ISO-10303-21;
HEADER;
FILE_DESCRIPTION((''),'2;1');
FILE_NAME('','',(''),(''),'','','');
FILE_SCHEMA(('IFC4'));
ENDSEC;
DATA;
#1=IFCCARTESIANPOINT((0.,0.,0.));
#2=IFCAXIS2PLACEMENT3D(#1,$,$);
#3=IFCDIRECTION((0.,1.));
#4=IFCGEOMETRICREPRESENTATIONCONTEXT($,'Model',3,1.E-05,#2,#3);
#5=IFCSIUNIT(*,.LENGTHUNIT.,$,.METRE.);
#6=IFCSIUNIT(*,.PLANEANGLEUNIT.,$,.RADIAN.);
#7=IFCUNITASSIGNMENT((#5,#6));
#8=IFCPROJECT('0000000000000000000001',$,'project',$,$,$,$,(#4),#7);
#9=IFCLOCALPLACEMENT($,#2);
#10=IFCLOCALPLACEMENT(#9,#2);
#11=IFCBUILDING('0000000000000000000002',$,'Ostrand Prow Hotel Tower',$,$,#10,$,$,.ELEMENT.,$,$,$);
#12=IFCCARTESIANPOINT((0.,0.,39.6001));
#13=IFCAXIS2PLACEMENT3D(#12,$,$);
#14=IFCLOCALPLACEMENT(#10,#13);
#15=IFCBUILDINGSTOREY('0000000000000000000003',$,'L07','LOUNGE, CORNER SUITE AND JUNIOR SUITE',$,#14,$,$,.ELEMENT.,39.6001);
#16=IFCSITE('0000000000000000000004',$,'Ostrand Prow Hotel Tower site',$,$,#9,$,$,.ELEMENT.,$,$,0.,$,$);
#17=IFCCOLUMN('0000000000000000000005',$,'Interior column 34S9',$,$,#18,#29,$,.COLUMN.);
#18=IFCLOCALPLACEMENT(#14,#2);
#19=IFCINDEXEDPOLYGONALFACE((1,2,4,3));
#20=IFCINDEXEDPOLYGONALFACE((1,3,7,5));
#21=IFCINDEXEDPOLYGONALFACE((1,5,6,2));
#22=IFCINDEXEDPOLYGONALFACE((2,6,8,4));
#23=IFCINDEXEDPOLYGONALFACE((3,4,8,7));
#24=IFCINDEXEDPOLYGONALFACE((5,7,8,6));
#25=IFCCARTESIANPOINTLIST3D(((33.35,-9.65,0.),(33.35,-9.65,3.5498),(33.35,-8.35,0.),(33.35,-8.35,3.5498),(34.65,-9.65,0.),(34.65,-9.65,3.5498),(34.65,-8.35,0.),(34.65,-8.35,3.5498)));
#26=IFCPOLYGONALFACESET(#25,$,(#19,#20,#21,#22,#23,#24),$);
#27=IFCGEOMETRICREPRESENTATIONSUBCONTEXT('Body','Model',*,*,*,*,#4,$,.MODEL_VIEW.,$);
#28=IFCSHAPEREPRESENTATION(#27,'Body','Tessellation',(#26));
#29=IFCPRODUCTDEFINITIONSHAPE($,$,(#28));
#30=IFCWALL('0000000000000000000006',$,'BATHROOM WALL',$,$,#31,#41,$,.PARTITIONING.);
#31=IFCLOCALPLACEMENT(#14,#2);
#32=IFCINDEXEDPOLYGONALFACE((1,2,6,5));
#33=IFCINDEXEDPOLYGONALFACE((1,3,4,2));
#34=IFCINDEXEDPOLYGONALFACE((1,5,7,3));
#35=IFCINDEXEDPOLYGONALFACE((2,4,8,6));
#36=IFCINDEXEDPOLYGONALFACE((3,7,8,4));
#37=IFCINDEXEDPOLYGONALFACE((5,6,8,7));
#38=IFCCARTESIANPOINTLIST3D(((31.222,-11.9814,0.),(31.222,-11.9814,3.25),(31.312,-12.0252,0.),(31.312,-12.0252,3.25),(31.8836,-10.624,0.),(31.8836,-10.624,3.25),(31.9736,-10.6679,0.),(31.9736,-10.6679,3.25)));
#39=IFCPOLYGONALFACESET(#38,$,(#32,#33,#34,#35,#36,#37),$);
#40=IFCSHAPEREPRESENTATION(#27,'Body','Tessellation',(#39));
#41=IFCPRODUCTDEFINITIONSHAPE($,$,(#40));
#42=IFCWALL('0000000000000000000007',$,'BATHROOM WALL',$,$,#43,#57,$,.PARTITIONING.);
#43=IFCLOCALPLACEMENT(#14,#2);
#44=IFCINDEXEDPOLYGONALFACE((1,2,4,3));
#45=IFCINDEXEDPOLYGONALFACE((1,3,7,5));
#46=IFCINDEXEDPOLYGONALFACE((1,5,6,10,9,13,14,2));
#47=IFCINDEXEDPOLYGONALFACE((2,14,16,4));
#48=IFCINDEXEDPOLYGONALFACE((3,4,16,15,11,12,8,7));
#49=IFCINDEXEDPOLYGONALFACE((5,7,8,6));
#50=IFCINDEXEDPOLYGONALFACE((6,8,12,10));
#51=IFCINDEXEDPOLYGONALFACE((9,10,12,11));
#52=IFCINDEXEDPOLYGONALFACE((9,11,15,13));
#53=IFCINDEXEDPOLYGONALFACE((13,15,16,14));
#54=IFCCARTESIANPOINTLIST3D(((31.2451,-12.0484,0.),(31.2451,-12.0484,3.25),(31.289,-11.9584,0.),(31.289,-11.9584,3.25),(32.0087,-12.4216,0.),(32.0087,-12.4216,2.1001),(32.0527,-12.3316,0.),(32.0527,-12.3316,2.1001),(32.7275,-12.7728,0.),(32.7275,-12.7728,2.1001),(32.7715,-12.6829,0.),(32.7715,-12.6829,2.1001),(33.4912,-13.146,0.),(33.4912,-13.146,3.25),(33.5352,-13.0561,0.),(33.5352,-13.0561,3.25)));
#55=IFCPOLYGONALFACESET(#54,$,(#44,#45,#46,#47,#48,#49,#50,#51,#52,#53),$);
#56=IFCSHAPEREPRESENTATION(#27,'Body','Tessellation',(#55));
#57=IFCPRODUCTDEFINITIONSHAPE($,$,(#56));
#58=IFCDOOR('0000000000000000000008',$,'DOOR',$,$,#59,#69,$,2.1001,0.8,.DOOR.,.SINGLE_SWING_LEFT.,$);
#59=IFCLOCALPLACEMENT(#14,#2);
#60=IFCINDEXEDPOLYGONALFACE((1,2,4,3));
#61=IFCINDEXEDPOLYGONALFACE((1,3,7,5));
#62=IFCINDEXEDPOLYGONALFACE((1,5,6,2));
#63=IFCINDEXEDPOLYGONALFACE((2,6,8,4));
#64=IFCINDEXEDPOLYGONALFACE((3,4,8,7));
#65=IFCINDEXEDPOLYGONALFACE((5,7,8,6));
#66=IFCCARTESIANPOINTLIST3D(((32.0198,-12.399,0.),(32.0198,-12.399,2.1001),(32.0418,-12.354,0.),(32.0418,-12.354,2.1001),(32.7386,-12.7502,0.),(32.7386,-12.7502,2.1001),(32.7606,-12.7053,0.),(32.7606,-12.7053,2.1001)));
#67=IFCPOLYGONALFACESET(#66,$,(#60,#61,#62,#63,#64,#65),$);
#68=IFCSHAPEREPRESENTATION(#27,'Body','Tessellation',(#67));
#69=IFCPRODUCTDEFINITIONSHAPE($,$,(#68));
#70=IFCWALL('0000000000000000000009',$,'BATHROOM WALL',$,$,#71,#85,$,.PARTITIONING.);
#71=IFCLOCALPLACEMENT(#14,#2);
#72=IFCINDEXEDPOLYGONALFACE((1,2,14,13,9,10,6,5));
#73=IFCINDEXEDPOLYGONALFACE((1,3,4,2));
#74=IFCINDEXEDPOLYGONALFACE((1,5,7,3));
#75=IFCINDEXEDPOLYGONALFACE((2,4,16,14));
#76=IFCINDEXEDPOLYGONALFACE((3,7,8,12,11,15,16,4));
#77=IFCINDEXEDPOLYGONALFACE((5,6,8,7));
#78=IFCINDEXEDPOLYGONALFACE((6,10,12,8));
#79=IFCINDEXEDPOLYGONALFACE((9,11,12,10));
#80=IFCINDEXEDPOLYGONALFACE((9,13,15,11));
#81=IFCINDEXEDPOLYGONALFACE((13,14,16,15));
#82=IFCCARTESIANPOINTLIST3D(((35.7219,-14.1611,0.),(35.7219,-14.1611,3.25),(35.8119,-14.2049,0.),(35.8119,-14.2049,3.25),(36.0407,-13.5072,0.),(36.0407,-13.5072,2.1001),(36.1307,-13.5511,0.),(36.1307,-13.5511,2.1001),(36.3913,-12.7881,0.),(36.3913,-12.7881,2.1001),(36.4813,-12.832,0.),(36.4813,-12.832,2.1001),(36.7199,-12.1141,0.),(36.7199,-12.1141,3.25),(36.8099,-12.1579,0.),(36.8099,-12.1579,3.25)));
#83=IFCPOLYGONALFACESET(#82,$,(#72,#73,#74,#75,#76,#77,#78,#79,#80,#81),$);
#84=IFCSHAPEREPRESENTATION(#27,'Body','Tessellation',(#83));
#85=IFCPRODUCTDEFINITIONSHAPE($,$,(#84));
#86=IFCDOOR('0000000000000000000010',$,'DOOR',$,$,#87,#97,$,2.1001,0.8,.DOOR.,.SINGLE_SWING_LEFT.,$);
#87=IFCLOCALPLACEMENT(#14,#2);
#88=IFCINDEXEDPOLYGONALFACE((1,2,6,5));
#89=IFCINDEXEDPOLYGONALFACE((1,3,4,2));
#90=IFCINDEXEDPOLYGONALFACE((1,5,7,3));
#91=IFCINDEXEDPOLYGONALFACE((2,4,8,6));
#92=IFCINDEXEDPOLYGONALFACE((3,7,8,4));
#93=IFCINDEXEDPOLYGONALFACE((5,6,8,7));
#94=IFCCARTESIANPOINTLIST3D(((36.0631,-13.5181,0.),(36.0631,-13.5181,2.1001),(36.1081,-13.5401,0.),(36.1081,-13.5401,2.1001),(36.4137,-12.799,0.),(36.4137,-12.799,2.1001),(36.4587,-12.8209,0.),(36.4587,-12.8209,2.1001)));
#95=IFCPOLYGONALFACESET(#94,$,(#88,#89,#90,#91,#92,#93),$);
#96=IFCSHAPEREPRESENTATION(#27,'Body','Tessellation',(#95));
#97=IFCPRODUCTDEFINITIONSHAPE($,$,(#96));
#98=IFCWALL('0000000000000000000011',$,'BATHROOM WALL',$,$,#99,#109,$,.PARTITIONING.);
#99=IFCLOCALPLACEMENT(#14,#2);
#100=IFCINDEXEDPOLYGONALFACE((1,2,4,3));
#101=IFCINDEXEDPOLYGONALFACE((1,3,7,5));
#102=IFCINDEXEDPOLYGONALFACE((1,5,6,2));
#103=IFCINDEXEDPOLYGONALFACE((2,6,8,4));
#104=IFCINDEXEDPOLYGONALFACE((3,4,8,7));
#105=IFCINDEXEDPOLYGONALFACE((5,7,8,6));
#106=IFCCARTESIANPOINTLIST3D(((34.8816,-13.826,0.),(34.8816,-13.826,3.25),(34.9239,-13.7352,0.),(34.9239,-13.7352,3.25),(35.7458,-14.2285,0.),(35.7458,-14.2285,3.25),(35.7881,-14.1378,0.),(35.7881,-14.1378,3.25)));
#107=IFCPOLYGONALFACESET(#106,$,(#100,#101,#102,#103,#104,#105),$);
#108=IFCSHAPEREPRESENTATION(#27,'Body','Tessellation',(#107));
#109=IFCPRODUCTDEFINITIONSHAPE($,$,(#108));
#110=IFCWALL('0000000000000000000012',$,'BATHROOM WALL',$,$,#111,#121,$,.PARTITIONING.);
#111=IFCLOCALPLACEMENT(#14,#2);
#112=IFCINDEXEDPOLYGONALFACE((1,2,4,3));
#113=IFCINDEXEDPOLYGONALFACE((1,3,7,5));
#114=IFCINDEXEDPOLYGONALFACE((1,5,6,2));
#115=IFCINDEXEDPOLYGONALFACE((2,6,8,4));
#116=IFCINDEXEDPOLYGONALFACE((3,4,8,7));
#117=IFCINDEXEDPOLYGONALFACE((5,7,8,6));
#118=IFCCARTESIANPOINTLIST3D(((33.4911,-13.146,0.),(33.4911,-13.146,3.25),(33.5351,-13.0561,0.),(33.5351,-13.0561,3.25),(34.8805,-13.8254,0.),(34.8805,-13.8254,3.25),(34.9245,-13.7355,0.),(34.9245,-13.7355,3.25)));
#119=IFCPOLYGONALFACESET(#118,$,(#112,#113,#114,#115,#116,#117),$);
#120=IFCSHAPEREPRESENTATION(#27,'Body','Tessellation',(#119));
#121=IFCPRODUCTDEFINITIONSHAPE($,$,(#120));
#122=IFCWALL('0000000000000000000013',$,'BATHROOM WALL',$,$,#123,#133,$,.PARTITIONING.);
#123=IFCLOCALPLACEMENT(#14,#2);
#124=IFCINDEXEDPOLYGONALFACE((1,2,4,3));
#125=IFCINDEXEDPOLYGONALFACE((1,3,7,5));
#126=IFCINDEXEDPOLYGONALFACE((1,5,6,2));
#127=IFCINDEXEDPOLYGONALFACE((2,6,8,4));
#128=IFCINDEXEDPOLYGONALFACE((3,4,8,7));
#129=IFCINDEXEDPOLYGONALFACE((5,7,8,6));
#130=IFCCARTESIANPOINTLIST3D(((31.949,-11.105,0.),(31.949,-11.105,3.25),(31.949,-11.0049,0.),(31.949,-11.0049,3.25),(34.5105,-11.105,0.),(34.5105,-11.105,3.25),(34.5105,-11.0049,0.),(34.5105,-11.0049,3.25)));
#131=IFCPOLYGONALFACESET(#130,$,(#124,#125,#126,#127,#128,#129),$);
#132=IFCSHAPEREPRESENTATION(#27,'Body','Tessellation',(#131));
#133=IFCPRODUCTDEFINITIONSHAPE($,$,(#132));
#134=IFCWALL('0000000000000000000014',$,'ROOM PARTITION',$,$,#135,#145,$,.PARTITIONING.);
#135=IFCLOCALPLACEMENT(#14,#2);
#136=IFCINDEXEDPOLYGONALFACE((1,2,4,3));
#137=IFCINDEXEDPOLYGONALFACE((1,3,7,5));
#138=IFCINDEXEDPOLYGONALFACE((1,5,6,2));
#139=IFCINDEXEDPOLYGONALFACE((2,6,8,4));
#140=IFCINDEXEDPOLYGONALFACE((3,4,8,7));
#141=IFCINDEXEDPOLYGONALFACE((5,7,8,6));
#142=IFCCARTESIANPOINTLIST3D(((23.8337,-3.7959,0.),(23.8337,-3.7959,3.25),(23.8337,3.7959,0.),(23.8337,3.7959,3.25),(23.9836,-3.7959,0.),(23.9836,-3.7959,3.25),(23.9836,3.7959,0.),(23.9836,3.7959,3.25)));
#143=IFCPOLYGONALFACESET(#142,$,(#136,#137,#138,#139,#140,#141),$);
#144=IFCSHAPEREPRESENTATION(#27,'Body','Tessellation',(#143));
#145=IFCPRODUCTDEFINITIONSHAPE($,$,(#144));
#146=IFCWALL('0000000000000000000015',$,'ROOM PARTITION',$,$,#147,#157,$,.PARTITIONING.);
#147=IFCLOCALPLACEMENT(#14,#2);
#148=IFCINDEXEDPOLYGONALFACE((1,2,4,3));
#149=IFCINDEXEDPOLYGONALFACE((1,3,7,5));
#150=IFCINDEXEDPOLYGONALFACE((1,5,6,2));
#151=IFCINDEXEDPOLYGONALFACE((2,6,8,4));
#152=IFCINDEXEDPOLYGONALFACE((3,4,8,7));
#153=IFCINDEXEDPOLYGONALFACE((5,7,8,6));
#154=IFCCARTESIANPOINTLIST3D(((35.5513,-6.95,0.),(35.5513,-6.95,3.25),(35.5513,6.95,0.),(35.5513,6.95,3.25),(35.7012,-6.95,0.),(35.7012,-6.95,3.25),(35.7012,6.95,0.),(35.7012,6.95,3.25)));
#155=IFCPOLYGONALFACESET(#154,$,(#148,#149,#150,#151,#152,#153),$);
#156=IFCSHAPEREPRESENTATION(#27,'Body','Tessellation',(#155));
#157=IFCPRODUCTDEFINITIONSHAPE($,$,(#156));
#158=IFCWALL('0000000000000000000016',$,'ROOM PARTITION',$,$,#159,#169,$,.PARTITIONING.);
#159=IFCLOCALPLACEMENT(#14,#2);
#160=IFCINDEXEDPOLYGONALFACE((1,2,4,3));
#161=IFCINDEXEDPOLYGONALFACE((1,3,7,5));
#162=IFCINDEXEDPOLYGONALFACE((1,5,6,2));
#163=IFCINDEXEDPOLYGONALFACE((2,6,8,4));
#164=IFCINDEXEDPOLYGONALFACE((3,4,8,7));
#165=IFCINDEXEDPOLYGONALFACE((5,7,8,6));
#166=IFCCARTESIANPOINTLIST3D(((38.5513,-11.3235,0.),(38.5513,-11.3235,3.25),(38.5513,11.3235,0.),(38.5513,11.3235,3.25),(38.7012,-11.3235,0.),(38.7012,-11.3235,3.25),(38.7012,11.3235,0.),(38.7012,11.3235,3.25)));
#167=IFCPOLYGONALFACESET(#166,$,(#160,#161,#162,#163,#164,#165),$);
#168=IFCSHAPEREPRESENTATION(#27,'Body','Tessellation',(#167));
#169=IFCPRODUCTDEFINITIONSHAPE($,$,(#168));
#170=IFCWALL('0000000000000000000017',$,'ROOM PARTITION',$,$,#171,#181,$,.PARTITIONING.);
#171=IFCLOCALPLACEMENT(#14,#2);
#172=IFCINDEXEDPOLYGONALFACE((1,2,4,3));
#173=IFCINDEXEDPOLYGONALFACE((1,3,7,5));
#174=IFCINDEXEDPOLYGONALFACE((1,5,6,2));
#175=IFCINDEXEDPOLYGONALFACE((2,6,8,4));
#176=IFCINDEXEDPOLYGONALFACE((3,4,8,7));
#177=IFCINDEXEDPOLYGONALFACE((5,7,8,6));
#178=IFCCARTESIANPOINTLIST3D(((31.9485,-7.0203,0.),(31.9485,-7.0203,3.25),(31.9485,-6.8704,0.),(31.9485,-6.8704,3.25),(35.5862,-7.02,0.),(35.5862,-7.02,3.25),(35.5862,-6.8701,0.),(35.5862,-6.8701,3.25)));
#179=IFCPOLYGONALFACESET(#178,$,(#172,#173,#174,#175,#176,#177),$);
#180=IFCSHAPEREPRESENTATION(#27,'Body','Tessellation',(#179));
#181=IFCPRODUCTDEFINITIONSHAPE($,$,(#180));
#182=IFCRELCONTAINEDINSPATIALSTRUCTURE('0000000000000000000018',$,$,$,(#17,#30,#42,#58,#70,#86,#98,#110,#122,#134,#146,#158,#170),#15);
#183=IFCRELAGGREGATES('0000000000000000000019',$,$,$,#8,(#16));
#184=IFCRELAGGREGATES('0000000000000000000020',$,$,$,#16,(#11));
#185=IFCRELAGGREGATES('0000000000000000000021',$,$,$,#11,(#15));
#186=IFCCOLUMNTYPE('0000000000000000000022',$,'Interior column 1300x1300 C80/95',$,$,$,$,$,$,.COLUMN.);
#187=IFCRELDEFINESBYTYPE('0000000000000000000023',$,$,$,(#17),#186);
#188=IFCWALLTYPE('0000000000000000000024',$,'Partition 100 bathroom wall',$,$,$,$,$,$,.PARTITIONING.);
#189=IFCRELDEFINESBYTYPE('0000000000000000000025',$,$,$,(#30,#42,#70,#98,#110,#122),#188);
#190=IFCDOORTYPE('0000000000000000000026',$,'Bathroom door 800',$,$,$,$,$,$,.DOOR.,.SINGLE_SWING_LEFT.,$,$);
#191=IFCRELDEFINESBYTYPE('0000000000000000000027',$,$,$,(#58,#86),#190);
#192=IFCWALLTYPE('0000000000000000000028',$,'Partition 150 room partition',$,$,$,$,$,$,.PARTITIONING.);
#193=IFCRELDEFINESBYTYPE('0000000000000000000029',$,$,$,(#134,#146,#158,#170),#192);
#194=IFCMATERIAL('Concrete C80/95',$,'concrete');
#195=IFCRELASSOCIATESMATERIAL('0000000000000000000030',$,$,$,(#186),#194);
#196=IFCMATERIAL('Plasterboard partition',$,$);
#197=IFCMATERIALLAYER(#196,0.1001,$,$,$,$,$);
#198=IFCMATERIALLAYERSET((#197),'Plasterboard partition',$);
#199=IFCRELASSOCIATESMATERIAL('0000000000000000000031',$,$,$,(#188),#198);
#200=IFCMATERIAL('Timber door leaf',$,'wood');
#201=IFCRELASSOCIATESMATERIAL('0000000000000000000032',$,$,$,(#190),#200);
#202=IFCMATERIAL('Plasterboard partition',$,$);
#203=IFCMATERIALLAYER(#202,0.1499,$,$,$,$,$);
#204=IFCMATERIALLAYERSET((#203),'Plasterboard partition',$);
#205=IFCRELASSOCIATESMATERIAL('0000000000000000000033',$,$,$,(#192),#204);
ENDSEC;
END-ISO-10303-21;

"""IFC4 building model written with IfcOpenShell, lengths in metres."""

from ifc_helpers import new_model, si_unit, direction, frame, frame_2d, origin, origin_2d, place, context, subcontext, project, spatial, rectangle, extrude, material, layer, layer_set, material_profile, profile_set, type_object, element, fill, save


model = new_model("IFC4")

# Units and contexts
model_context = context("Model", 3, precision=1e-05, world=origin(), true_north=direction((0.0, 1.0)))
body_context = subcontext(model_context, "Body", "Model", "MODEL_VIEW")
ifc_project = project(units=[si_unit("LENGTHUNIT", "METRE"), si_unit("PLANEANGLEUNIT", "RADIAN")], contexts=[model_context])

# Site, building, storey
site_placement = place(None, origin())
site = spatial("IfcSite", under=ifc_project, at=site_placement, Name="Ostrand Prow Hotel Tower site", CompositionType="ELEMENT", RefElevation=0.0)
building_placement = place(site_placement, origin())
building = spatial("IfcBuilding", under=site, at=building_placement, Name="Ostrand Prow Hotel Tower", CompositionType="ELEMENT")
storey_placement = place(building_placement, frame((0.0, 0.0, 39.6001)))
storey = spatial("IfcBuildingStorey", under=building, at=storey_placement, Name="L07", Description="LOUNGE, CORNER SUITE AND JUNIOR SUITE", CompositionType="ELEMENT", Elevation=39.6001)

# Column
ifc_material_1 = material(Name="Concrete C80/95", Category="concrete")
ifc_material_profile = material_profile(ifc_material_1, rectangle(XDim=1.3, YDim=1.3, at=origin_2d()), Name="RC 1300x1300")
ifc_profile_set = profile_set([ifc_material_profile], Name="Concrete C80/95")
column_type = type_object("IfcColumnType", Name="Interior column 1300x1300 C80/95", PredefinedType="COLUMN", material=ifc_profile_set)
column_placement = place(storey_placement, frame((34.0, -9.0, 0.0), z_axis=(0.0, 0.0, 1.0), x_axis=(1.0, 0.0, 0.0)))
element("IfcColumn", 1, at=column_placement, inside=storey, type_object=column_type, Name="Interior column 34S9", PredefinedType="COLUMN", context=body_context, shape_type="SweptSolid", body=[
    extrude(rectangle(XDim=1.3, YDim=1.3, at=origin_2d()), origin(), (0.0, 0.0, 1.0), 3.5498),
])

# Wall
ifc_material_2 = material(Name="Plasterboard partition")
ifc_layer_1 = layer(ifc_material_2, 0.1001)
ifc_layer_set_1 = layer_set([ifc_layer_1], Name="Plasterboard partition")
wall_type_1 = type_object("IfcWallType", Name="Partition 100 bathroom wall", PredefinedType="PARTITIONING", material=ifc_layer_set_1)
wall_1_placement = place(storey_placement, frame((31.2671, -12.0032, 0.0), z_axis=(0.0, 0.0, 1.0), x_axis=(0.438137, 0.898908, 0.0)))
element("IfcWall", 2, at=wall_1_placement, inside=storey, type_object=wall_type_1, Name="BATHROOM WALL", PredefinedType="PARTITIONING", context=body_context, shape_type="SweptSolid", body=[
    extrude(rectangle(XDim=1.51, YDim=0.1001, at=frame_2d((0.7549, 0.0))), origin(), (0.0, 0.0, 1.0), 3.25),
])

# Walls, openings, doors
wall_2_placement = place(storey_placement, frame((33.5132, -13.1011, 0.0), z_axis=(0.0, 0.0, 1.0), x_axis=(-0.898453, 0.43907, 0.0)))
wall_2 = element("IfcWall", 3, at=wall_2_placement, inside=storey, type_object=wall_type_1, Name="BATHROOM WALL", PredefinedType="PARTITIONING", context=body_context, shape_type="SweptSolid", body=[
    extrude(rectangle(XDim=2.5, YDim=0.1001, at=frame_2d((1.25, 0.0))), origin(), (0.0, 0.0, 1.0), 3.25),
])
opening_1_placement = place(wall_2_placement, frame((0.8501, 0.0, 0.0)))
opening_1 = element("IfcOpeningElement", 4, at=opening_1_placement, cuts=wall_2, PredefinedType="OPENING", context=body_context, shape_type="SweptSolid", body=[
    extrude(rectangle(XDim=0.8, YDim=2.1001, at=frame_2d((0.3999, 1.05))), frame((0.0, 0.0601, 0.0), z_axis=(0.0, -1.0, 0.0), x_axis=(1.0, 0.0, 0.0)), (0.0, 0.0, 1.0), 0.1201),
])
ifc_material_3 = material(Name="Timber door leaf", Category="wood")
door_type_1 = type_object("IfcDoorType", Name="Bathroom door 800", OperationType="SINGLE_SWING_LEFT", PredefinedType="DOOR", material=ifc_material_3)
door_1_placement = place(opening_1_placement, origin())
door_1 = element("IfcDoor", 5, at=door_1_placement, inside=storey, type_object=door_type_1, Name="DOOR", OperationType="SINGLE_SWING_LEFT", OverallHeight=2.1001, OverallWidth=0.8, PredefinedType="DOOR", context=body_context, shape_type="SweptSolid", body=[
    extrude(rectangle(XDim=0.8, YDim=2.1001, at=frame_2d((0.3999, 1.05))), frame((0.0, 0.0249, 0.0), z_axis=(0.0, -1.0, 0.0), x_axis=(1.0, 0.0, 0.0)), (0.0, 0.0, 1.0), 0.05),
])
fill(opening_1, door_1)
wall_3_placement = place(storey_placement, frame((36.7649, -12.136, 0.0), z_axis=(0.0, 0.0, 1.0), x_axis=(-0.438229, -0.898863, 0.0)))
wall_3 = element("IfcWall", 6, at=wall_3_placement, inside=storey, type_object=wall_type_1, Name="BATHROOM WALL", PredefinedType="PARTITIONING", context=body_context, shape_type="SweptSolid", body=[
    extrude(rectangle(XDim=2.2773, YDim=0.1001, at=frame_2d((1.1387, 0.0))), origin(), (0.0, 0.0, 1.0), 3.25),
])
opening_2_placement = place(wall_3_placement, frame((0.75, 0.0, 0.0)))
opening_2 = element("IfcOpeningElement", 7, at=opening_2_placement, cuts=wall_3, PredefinedType="OPENING", context=body_context, shape_type="SweptSolid", body=[
    extrude(rectangle(XDim=0.8, YDim=2.1001, at=frame_2d((0.3999, 1.05))), frame((0.0, 0.0601, 0.0), z_axis=(0.0, -1.0, 0.0), x_axis=(1.0, 0.0, 0.0)), (0.0, 0.0, 1.0), 0.1201),
])
door_2_placement = place(opening_2_placement, origin())
door_2 = element("IfcDoor", 8, at=door_2_placement, inside=storey, type_object=door_type_1, Name="DOOR", OperationType="SINGLE_SWING_LEFT", OverallHeight=2.1001, OverallWidth=0.8, PredefinedType="DOOR", context=body_context, shape_type="SweptSolid", body=[
    extrude(rectangle(XDim=0.8, YDim=2.1001, at=frame_2d((0.3999, 1.05))), frame((0.0, 0.0249, 0.0), z_axis=(0.0, -1.0, 0.0), x_axis=(1.0, 0.0, 0.0)), (0.0, 0.0, 1.0), 0.05),
])
fill(opening_2, door_2)

# Walls
wall_4_placement = place(storey_placement, frame((35.7668, -14.1831, 0.0), z_axis=(0.0, 0.0, 1.0), x_axis=(-0.906477, 0.422255, 0.0)))
element("IfcWall", 9, at=wall_4_placement, inside=storey, type_object=wall_type_1, Name="BATHROOM WALL", PredefinedType="PARTITIONING", context=body_context, shape_type="SweptSolid", body=[
    extrude(rectangle(XDim=0.9534, YDim=0.1001, at=frame_2d((0.4766, 0.0))), origin(), (0.0, 0.0, 1.0), 3.25),
])
wall_5_placement = place(storey_placement, frame((34.9026, -13.7805, 0.0), z_axis=(0.0, 0.0, 1.0), x_axis=(-0.898339, 0.439304, 0.0)))
element("IfcWall", 10, at=wall_5_placement, inside=storey, type_object=wall_type_1, Name="BATHROOM WALL", PredefinedType="PARTITIONING", context=body_context, shape_type="SweptSolid", body=[
    extrude(rectangle(XDim=1.5466, YDim=0.1001, at=frame_2d((0.7734, 0.0))), origin(), (0.0, 0.0, 1.0), 3.25),
])
wall_6_placement = place(storey_placement, frame((31.949, -11.0549, 0.0), z_axis=(0.0, 0.0, 1.0), x_axis=(1.0, 0.0, 0.0)))
element("IfcWall", 11, at=wall_6_placement, inside=storey, type_object=wall_type_1, Name="BATHROOM WALL", PredefinedType="PARTITIONING", context=body_context, shape_type="SweptSolid", body=[
    extrude(rectangle(XDim=2.5615, YDim=0.1001, at=frame_2d((1.2808, 0.0))), origin(), (0.0, 0.0, 1.0), 3.25),
])
ifc_material_4 = material(Name="Plasterboard partition")
ifc_layer_2 = layer(ifc_material_4, 0.1499)
ifc_layer_set_2 = layer_set([ifc_layer_2], Name="Plasterboard partition")
wall_type_2 = type_object("IfcWallType", Name="Partition 150 room partition", PredefinedType="PARTITIONING", material=ifc_layer_set_2)
wall_7_placement = place(storey_placement, frame((23.9087, -3.7959, 0.0), z_axis=(0.0, 0.0, 1.0), x_axis=(0.0, 1.0, 0.0)))
element("IfcWall", 12, at=wall_7_placement, inside=storey, type_object=wall_type_2, Name="ROOM PARTITION", PredefinedType="PARTITIONING", context=body_context, shape_type="SweptSolid", body=[
    extrude(rectangle(XDim=7.5918, YDim=0.1499, at=frame_2d((3.7959, 0.0))), origin(), (0.0, 0.0, 1.0), 3.25),
])
wall_8_placement = place(storey_placement, frame((35.6262, -6.95, 0.0), z_axis=(0.0, 0.0, 1.0), x_axis=(0.0, 1.0, 0.0)))
element("IfcWall", 13, at=wall_8_placement, inside=storey, type_object=wall_type_2, Name="ROOM PARTITION", PredefinedType="PARTITIONING", context=body_context, shape_type="SweptSolid", body=[
    extrude(rectangle(XDim=13.8999, YDim=0.1499, at=frame_2d((6.95, 0.0))), origin(), (0.0, 0.0, 1.0), 3.25),
])
wall_9_placement = place(storey_placement, frame((38.6262, -11.3235, 0.0), z_axis=(0.0, 0.0, 1.0), x_axis=(0.0, 1.0, 0.0)))
element("IfcWall", 14, at=wall_9_placement, inside=storey, type_object=wall_type_2, Name="ROOM PARTITION", PredefinedType="PARTITIONING", context=body_context, shape_type="SweptSolid", body=[
    extrude(rectangle(XDim=22.647, YDim=0.1499, at=frame_2d((11.3235, 0.0))), origin(), (0.0, 0.0, 1.0), 3.25),
])
wall_10_placement = place(storey_placement, frame((35.5862, -6.9451, 0.0), z_axis=(0.0, 0.0, 1.0), x_axis=(-1.0, -0.000067, 0.0)))
element("IfcWall", 15, at=wall_10_placement, inside=storey, type_object=wall_type_2, Name="ROOM PARTITION", PredefinedType="PARTITIONING", context=body_context, shape_type="SweptSolid", body=[
    extrude(rectangle(XDim=3.6377, YDim=0.1499, at=frame_2d((1.8188, 0.0))), origin(), (0.0, 0.0, 1.0), 3.25),
])

save(model, "model.ifc")
